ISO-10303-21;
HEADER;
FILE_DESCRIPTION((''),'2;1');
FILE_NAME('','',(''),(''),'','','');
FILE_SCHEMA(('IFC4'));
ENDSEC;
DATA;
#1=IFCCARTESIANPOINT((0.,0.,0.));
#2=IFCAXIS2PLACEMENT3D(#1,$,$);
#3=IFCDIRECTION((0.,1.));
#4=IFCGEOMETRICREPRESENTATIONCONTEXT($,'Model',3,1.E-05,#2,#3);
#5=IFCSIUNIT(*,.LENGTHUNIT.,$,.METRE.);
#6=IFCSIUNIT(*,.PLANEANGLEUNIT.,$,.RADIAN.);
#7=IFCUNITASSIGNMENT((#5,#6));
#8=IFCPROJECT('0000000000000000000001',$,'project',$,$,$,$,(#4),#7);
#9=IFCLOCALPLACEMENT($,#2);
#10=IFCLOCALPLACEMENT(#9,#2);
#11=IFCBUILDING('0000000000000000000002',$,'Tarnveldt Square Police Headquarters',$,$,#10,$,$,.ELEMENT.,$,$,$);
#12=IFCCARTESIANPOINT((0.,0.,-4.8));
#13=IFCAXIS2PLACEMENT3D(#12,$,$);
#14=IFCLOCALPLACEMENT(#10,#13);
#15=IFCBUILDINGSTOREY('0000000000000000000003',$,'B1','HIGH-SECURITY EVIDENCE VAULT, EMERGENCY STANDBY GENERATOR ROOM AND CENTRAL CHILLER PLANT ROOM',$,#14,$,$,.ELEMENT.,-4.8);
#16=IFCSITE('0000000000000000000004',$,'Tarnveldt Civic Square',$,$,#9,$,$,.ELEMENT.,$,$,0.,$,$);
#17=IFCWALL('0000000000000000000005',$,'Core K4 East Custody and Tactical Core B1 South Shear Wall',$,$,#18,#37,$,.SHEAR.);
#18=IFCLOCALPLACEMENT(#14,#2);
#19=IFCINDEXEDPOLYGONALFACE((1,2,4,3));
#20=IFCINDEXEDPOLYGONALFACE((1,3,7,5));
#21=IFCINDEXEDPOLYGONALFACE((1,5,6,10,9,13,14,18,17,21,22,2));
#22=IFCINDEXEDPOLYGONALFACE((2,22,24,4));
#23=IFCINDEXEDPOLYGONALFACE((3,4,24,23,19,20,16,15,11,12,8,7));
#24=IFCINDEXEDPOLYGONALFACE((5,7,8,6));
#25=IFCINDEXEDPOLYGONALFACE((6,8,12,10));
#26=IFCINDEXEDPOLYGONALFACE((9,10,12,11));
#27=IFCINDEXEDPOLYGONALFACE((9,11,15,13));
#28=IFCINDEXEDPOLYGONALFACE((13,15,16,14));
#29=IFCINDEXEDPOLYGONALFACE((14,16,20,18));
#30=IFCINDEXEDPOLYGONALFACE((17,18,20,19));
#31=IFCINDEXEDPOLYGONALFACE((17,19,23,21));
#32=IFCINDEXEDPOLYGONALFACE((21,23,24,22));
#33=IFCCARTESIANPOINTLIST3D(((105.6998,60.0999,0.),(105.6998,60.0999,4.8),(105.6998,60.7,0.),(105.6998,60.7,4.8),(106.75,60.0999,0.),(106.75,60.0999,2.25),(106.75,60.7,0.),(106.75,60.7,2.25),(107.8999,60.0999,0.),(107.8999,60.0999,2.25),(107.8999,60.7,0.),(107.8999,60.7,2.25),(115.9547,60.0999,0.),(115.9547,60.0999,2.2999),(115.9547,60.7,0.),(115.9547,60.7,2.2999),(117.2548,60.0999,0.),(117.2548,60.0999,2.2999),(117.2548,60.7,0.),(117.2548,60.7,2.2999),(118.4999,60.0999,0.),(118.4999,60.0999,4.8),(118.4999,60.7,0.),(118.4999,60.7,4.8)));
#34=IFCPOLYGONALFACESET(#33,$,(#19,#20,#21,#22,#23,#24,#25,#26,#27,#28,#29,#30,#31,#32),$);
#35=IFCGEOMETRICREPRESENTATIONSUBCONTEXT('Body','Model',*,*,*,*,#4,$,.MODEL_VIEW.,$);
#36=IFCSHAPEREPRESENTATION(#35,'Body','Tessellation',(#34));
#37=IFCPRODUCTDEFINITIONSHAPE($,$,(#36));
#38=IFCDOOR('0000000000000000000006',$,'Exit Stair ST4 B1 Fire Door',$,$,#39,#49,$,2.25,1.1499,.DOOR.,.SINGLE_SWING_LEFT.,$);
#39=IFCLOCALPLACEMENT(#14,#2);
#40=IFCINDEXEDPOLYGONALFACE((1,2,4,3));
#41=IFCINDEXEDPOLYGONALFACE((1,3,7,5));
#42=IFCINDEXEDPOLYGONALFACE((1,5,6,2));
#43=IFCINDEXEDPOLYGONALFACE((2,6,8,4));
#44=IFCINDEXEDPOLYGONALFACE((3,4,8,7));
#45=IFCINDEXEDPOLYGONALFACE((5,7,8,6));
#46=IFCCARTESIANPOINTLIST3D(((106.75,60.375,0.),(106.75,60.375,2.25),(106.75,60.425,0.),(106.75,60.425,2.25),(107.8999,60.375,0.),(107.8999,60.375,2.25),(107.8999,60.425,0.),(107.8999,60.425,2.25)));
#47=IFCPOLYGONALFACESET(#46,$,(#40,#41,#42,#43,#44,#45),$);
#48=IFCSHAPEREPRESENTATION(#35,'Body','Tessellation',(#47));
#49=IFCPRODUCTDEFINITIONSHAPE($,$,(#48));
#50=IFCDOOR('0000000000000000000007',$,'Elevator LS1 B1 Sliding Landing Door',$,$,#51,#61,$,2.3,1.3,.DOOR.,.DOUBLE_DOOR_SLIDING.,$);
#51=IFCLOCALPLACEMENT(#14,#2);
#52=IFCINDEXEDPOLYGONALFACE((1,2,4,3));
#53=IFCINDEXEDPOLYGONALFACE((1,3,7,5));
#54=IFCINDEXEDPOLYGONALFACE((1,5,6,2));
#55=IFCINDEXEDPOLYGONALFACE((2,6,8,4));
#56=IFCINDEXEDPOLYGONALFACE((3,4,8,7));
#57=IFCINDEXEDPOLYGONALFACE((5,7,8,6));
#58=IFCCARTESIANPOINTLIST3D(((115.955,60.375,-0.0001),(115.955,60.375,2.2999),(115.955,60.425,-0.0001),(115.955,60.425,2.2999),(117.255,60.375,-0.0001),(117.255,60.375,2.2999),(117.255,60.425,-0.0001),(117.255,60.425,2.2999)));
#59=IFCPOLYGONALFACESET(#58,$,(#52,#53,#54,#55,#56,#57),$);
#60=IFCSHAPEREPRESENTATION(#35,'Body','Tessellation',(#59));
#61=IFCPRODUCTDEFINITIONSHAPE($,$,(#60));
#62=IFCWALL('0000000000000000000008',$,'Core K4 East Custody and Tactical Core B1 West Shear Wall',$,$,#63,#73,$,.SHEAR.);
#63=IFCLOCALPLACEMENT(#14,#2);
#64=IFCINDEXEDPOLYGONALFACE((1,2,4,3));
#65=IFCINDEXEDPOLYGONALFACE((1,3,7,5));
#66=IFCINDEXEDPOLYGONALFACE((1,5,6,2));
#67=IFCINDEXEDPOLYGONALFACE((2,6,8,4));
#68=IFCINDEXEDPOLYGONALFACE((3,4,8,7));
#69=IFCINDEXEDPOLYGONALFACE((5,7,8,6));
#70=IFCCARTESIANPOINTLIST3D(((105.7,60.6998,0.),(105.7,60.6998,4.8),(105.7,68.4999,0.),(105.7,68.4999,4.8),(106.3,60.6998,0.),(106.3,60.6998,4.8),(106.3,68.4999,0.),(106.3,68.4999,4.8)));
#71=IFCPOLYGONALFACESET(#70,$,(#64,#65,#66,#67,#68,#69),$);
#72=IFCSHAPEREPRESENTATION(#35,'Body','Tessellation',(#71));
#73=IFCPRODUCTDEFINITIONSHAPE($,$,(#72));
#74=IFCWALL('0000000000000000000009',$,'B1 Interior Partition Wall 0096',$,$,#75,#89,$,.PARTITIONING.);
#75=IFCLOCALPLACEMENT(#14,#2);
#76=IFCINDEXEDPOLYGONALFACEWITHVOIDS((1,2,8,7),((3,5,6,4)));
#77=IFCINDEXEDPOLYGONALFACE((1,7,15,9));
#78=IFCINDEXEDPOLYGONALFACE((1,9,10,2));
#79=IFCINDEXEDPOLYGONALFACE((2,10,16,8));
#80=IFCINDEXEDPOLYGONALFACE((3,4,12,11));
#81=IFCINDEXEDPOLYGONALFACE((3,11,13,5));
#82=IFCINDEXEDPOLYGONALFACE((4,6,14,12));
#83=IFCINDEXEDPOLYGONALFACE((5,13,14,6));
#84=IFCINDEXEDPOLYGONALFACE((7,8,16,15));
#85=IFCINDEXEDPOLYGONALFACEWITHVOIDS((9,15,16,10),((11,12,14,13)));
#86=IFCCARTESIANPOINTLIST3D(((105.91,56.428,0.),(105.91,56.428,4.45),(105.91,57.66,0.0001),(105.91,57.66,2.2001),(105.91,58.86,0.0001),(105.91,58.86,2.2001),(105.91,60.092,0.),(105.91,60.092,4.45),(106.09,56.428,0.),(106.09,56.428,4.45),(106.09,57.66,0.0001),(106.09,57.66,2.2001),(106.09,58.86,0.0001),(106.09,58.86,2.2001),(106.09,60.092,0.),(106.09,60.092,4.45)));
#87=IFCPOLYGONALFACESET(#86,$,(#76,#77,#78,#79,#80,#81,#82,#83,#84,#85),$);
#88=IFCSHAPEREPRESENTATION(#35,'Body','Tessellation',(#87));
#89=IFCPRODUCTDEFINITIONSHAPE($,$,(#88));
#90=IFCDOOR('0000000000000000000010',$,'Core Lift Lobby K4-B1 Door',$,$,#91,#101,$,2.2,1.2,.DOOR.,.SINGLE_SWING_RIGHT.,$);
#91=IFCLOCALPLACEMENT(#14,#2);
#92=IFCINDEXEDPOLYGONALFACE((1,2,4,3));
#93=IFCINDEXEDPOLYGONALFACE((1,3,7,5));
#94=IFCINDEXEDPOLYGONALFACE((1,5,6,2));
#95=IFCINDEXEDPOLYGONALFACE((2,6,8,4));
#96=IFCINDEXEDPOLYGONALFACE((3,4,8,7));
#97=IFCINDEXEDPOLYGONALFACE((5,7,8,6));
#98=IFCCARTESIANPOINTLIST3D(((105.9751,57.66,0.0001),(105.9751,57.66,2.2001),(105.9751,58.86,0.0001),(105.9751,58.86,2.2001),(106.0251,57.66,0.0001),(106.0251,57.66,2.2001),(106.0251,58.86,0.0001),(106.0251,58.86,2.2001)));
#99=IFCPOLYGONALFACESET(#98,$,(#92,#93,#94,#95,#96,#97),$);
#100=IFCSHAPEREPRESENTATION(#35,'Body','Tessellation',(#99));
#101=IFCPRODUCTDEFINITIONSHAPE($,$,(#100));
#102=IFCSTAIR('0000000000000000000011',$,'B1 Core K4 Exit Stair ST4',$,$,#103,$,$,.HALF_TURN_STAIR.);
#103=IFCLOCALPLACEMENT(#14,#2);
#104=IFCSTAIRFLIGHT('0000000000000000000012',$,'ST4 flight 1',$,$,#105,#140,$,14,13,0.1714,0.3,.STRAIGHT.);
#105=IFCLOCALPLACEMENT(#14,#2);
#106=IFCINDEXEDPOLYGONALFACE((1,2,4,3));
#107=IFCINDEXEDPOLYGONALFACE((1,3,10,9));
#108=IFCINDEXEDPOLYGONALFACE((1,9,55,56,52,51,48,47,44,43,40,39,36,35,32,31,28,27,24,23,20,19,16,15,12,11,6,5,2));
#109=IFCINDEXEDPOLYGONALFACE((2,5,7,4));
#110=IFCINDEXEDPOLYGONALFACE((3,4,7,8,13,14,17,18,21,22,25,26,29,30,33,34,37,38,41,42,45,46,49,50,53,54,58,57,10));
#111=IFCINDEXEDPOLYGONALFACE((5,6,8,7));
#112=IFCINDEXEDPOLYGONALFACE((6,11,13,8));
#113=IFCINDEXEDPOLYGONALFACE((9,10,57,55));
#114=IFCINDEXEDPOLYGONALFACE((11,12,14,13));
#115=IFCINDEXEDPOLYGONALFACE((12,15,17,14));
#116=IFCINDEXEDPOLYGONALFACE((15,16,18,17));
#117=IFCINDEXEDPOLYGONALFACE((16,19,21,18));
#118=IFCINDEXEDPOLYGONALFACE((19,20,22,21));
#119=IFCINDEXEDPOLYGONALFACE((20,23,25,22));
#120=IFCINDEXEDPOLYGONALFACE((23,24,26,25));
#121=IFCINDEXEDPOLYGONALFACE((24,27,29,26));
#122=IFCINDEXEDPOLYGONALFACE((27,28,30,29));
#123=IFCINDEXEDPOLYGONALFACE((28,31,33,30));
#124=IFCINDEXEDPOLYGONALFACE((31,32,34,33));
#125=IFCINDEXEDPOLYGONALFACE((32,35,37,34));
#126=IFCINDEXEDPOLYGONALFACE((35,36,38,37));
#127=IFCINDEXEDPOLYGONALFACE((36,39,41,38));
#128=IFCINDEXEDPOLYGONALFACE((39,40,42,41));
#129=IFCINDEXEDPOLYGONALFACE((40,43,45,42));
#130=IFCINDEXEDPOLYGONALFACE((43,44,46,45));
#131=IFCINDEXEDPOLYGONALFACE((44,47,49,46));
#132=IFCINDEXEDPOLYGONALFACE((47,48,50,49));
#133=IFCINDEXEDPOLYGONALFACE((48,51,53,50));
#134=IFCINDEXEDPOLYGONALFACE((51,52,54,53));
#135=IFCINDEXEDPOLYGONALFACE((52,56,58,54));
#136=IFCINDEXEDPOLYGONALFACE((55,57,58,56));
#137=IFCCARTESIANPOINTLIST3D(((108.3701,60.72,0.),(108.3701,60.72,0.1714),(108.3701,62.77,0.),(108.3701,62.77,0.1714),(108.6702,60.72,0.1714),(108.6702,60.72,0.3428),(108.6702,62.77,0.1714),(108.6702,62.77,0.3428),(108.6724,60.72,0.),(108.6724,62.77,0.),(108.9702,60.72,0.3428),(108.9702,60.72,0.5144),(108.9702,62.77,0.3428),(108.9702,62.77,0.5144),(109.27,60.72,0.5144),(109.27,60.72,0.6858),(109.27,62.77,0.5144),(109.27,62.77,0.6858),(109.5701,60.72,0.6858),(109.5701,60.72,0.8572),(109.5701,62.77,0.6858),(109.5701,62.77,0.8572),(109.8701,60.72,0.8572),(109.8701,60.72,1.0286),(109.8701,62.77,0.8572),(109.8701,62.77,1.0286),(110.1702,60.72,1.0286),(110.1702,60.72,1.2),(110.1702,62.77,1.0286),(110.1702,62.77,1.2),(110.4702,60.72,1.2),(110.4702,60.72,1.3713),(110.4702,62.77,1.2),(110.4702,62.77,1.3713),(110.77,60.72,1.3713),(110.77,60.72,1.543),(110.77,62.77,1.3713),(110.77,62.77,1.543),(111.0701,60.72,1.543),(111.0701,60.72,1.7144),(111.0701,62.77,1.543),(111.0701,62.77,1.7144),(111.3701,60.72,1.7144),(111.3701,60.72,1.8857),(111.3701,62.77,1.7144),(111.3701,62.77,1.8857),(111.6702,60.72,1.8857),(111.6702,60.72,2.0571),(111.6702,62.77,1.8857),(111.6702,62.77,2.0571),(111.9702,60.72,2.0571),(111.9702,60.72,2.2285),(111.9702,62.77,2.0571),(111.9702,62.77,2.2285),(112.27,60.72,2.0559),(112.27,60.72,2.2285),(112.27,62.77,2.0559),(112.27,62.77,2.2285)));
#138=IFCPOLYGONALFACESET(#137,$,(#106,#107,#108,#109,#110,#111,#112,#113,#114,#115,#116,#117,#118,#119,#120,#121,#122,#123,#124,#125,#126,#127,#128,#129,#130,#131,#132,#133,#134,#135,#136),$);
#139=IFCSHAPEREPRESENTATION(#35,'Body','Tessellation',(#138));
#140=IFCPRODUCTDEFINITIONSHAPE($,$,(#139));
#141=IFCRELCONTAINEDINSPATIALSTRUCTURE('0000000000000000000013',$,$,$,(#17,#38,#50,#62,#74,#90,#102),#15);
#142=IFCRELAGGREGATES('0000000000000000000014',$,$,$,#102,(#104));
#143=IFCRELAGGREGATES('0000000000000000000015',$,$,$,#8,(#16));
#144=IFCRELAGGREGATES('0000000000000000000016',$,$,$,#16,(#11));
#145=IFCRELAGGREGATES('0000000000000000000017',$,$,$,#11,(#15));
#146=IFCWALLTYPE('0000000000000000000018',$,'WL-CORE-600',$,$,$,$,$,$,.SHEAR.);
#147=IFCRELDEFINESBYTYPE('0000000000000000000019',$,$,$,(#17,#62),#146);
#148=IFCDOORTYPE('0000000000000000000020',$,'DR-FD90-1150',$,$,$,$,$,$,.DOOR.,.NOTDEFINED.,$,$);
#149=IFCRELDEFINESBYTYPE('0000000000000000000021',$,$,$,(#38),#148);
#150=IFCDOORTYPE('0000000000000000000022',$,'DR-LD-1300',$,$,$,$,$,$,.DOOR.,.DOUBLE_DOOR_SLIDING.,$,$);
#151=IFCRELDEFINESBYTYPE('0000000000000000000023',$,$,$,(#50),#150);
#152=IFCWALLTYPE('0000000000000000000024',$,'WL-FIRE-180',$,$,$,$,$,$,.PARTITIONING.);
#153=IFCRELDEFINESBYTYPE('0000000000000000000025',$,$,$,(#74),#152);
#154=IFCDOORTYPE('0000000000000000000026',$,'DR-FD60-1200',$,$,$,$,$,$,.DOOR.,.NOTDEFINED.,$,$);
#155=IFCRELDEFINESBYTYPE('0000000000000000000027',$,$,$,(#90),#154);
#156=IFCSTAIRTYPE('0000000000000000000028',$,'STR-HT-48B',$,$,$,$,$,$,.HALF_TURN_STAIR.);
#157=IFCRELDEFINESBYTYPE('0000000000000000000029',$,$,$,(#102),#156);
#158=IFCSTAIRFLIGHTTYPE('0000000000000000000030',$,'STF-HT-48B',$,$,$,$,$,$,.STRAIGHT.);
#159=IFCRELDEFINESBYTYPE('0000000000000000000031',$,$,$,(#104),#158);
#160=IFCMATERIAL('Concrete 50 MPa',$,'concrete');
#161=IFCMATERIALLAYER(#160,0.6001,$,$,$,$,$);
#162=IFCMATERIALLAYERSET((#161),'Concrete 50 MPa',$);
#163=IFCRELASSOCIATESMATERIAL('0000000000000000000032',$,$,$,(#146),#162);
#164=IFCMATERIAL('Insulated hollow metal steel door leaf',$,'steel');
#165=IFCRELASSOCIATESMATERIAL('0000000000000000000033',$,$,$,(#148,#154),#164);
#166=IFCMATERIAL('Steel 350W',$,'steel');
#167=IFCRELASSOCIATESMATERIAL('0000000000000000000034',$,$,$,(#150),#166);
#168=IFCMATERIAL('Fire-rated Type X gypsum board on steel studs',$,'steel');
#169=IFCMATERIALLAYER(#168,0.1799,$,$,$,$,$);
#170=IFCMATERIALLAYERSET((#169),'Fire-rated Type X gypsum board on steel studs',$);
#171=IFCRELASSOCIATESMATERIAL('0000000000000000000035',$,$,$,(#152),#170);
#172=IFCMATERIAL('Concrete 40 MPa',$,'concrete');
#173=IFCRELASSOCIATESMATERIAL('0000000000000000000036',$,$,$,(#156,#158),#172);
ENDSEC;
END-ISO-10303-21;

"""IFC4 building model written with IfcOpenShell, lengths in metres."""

from ifc_helpers import new_model, si_unit, direction, frame, frame_2d, origin, place, context, subcontext, project, spatial, polyline, rectangle, outline, extrude, material, layer, layer_set, type_object, element, fill, aggregate, save


model = new_model("IFC4")

# Units and contexts
model_context = context("Model", 3, precision=1e-05, world=origin(), true_north=direction((0.0, 1.0)))
body_context = subcontext(model_context, "Body", "Model", "MODEL_VIEW")
ifc_project = project(units=[si_unit("LENGTHUNIT", "METRE"), si_unit("PLANEANGLEUNIT", "RADIAN")], contexts=[model_context])

# Site, building, storey
site_placement = place(None, origin())
site = spatial("IfcSite", under=ifc_project, at=site_placement, Name="Tarnveldt Civic Square", CompositionType="ELEMENT", RefElevation=0.0)
building_placement = place(site_placement, origin())
building = spatial("IfcBuilding", under=site, at=building_placement, Name="Tarnveldt Square Police Headquarters", CompositionType="ELEMENT")
storey_placement = place(building_placement, frame((0.0, 0.0, -4.8)))
storey = spatial("IfcBuildingStorey", under=building, at=storey_placement, Name="B1", Description="HIGH-SECURITY EVIDENCE VAULT, EMERGENCY STANDBY GENERATOR ROOM AND CENTRAL CHILLER PLANT ROOM", CompositionType="ELEMENT", Elevation=-4.8)

# Shared definitions
ifc_material_1 = material(Name="Concrete 40 MPa", Category="concrete")

# Shared definitions
ifc_material_2 = material(Name="Concrete 50 MPa", Category="concrete")

# Wall, openings, doors
ifc_layer_1 = layer(ifc_material_2, 0.6001)
ifc_layer_set_1 = layer_set([ifc_layer_1], Name="Concrete 50 MPa")
wall_type_1 = type_object("IfcWallType", Name="WL-CORE-600", PredefinedType="SHEAR", material=ifc_layer_set_1)
wall_1_placement = place(storey_placement, frame((105.7, 60.3999, 0.0), z_axis=(0.0, 0.0, 1.0), x_axis=(1.0, 0.0, 0.0)))
wall_1 = element("IfcWall", 1, at=wall_1_placement, inside=storey, type_object=wall_type_1, Name="Core K4 East Custody and Tactical Core B1 South Shear Wall", PredefinedType="SHEAR", context=body_context, shape_type="SweptSolid", body=[
    extrude(rectangle(XDim=12.8, YDim=0.6001, at=frame_2d((6.3999, 0.0))), origin(), (0.0, 0.0, 1.0), 4.8),
])
opening_1_placement = place(wall_1_placement, frame((1.05, 0.0, 0.0)))
opening_1 = element("IfcOpeningElement", 2, at=opening_1_placement, cuts=wall_1, PredefinedType="OPENING", context=body_context, shape_type="SweptSolid", body=[
    extrude(rectangle(XDim=1.1499, YDim=2.25, at=frame_2d((0.575, 1.125))), frame((0.0, 0.3101, 0.0), z_axis=(0.0, -1.0, 0.0), x_axis=(1.0, 0.0, 0.0)), (0.0, 0.0, 1.0), 0.6201),
])
opening_2_placement = place(wall_1_placement, frame((10.2549, 0.0, 0.0)))
opening_2 = element("IfcOpeningElement", 3, at=opening_2_placement, cuts=wall_1, PredefinedType="OPENING", context=body_context, shape_type="SweptSolid", body=[
    extrude(rectangle(XDim=1.3, YDim=2.3, at=frame_2d((0.6499, 1.1499))), frame((0.0, 0.3101, 0.0), z_axis=(0.0, -1.0, 0.0), x_axis=(1.0, 0.0, 0.0)), (0.0, 0.0, 1.0), 0.6201),
])
ifc_material_3 = material(Name="Insulated hollow metal steel door leaf", Category="steel")
door_type_1 = type_object("IfcDoorType", Name="DR-FD90-1150", OperationType="NOTDEFINED", PredefinedType="DOOR", material=ifc_material_3)
door_1_placement = place(opening_1_placement, frame((1.1499, 0.0, 0.0), z_axis=(0.0, 0.0, 1.0), x_axis=(-1.0, 0.0, 0.0)))
door_1 = element("IfcDoor", 4, at=door_1_placement, inside=storey, type_object=door_type_1, Name="Exit Stair ST4 B1 Fire Door", OperationType="SINGLE_SWING_LEFT", OverallHeight=2.25, OverallWidth=1.1499, PredefinedType="DOOR", context=body_context, shape_type="SweptSolid", body=[
    extrude(rectangle(XDim=1.1499, YDim=2.25, at=frame_2d((0.575, 1.125))), frame((0.0, 0.0249, 0.0), z_axis=(0.0, -1.0, 0.0), x_axis=(1.0, 0.0, 0.0)), (0.0, 0.0, 1.0), 0.05),
])
fill(opening_1, door_1)
ifc_material_4 = material(Name="Steel 350W", Category="steel")
door_type_2 = type_object("IfcDoorType", Name="DR-LD-1300", OperationType="DOUBLE_DOOR_SLIDING", PredefinedType="DOOR", material=ifc_material_4)
door_2_placement = place(opening_2_placement, frame((1.3, 0.0, 0.0), z_axis=(0.0, 0.0, 1.0), x_axis=(-1.0, 0.0, 0.0)))
door_2 = element("IfcDoor", 5, at=door_2_placement, inside=storey, type_object=door_type_2, Name="Elevator LS1 B1 Sliding Landing Door", OperationType="DOUBLE_DOOR_SLIDING", OverallHeight=2.3, OverallWidth=1.3, PredefinedType="DOOR", context=body_context, shape_type="SweptSolid", body=[
    extrude(rectangle(XDim=1.3, YDim=2.3, at=frame_2d((0.6499, 1.1499))), frame((0.0, 0.0249, 0.0), z_axis=(0.0, -1.0, 0.0), x_axis=(1.0, 0.0, 0.0)), (0.0, 0.0, 1.0), 0.05),
])
fill(opening_2, door_2)

# Wall
wall_2_placement = place(storey_placement, frame((106.0, 60.7, 0.0), z_axis=(0.0, 0.0, 1.0), x_axis=(0.0, 1.0, 0.0)))
element("IfcWall", 6, at=wall_2_placement, inside=storey, type_object=wall_type_1, Name="Core K4 East Custody and Tactical Core B1 West Shear Wall", PredefinedType="SHEAR", context=body_context, shape_type="SweptSolid", body=[
    extrude(rectangle(XDim=7.8, YDim=0.6001, at=frame_2d((3.8999, 0.0))), origin(), (0.0, 0.0, 1.0), 4.8),
])

# Wall, opening, door
ifc_material_5 = material(Name="Fire-rated Type X gypsum board on steel studs", Category="steel")
ifc_layer_2 = layer(ifc_material_5, 0.1799)
ifc_layer_set_2 = layer_set([ifc_layer_2], Name="Fire-rated Type X gypsum board on steel studs")
wall_type_2 = type_object("IfcWallType", Name="WL-FIRE-180", PredefinedType="PARTITIONING", material=ifc_layer_set_2)
wall_3_placement = place(storey_placement, frame((106.0, 56.428, 0.0), z_axis=(0.0, 0.0, 1.0), x_axis=(0.0, 1.0, 0.0)))
wall_3 = element("IfcWall", 7, at=wall_3_placement, inside=storey, type_object=wall_type_2, Name="B1 Interior Partition Wall 0096", PredefinedType="PARTITIONING", context=body_context, shape_type="SweptSolid", body=[
    extrude(rectangle(XDim=3.6641, YDim=0.1799, at=frame_2d((1.832, 0.0))), origin(), (0.0, 0.0, 1.0), 4.45),
])
opening_3_placement = place(wall_3_placement, frame((1.2319, 0.0, 0.0)))
opening_3 = element("IfcOpeningElement", 8, at=opening_3_placement, cuts=wall_3, PredefinedType="OPENING", context=body_context, shape_type="SweptSolid", body=[
    extrude(rectangle(XDim=1.2, YDim=2.2, at=frame_2d((0.6001, 1.1001))), frame((0.0, 0.0999, 0.0), z_axis=(0.0, -1.0, 0.0), x_axis=(1.0, 0.0, 0.0)), (0.0, 0.0, 1.0), 0.2),
])
door_type_3 = type_object("IfcDoorType", Name="DR-FD60-1200", OperationType="NOTDEFINED", PredefinedType="DOOR", material=ifc_material_3)
door_3_placement = place(opening_3_placement, origin())
door_3 = element("IfcDoor", 9, at=door_3_placement, inside=storey, type_object=door_type_3, Name="Core Lift Lobby K4-B1 Door", OperationType="SINGLE_SWING_RIGHT", OverallHeight=2.2, OverallWidth=1.2, PredefinedType="DOOR", context=body_context, shape_type="SweptSolid", body=[
    extrude(rectangle(XDim=1.2, YDim=2.2, at=frame_2d((0.6001, 1.1001))), frame((0.0, 0.0249, 0.0), z_axis=(0.0, -1.0, 0.0), x_axis=(1.0, 0.0, 0.0)), (0.0, 0.0, 1.0), 0.05),
])
fill(opening_3, door_3)

# Stair, stair flight
stair_type = type_object("IfcStairType", Name="STR-HT-48B", PredefinedType="HALF_TURN_STAIR", material=ifc_material_1)
stair_placement = place(storey_placement, origin())
stair = element("IfcStair", 10, at=stair_placement, inside=storey, type_object=stair_type, Name="B1 Core K4 Exit Stair ST4", PredefinedType="HALF_TURN_STAIR")
stair_flight_type = type_object("IfcStairFlightType", Name="STF-HT-48B", PredefinedType="STRAIGHT", material=ifc_material_1)
stair_flight_placement = place(storey_placement, frame((108.3701, 61.7451, 0.0), z_axis=(0.0, 0.0, 1.0), x_axis=(1.0, 0.0, 0.0)))
stair_flight = element("IfcStairFlight", 11, at=stair_flight_placement, type_object=stair_flight_type, Name="ST4 flight 1", NumberOfRisers=14, NumberOfTreads=13, PredefinedType="STRAIGHT", RiserHeight=0.1714, TreadLength=0.3, context=body_context, shape_type="SweptSolid", body=[
    extrude(outline(polyline([(0.0, 0.0), (0.0, 0.1714), (0.3, 0.1714), (0.3, 0.3428), (0.6001, 0.3428), (0.6001, 0.5144), (0.8999, 0.5144), (0.8999, 0.6858), (1.2, 0.6858), (1.2, 0.8572), (1.5, 0.8572), (1.5, 1.0286), (1.8, 1.0286), (1.8, 1.2), (2.1001, 1.2), (2.1001, 1.3713), (2.3999, 1.3713), (2.3999, 1.543), (2.7, 1.543), (2.7, 1.7144), (3.0, 1.7144), (3.0, 1.8857), (3.3, 1.8857), (3.3, 2.0571), (3.6001, 2.0571), (3.6001, 2.2285), (3.8999, 2.2285), (3.8999, 2.3999), (3.8999, 2.0559), (0.3022, 0.0), (0.0, 0.0)])), frame((0.0, 1.0249, 0.0), z_axis=(0.0, -1.0, 0.0), x_axis=(1.0, 0.0, 0.0)), (0.0, 0.0, 1.0), 2.05),
])
aggregate(stair, [stair_flight])

save(model, "model.ifc")
